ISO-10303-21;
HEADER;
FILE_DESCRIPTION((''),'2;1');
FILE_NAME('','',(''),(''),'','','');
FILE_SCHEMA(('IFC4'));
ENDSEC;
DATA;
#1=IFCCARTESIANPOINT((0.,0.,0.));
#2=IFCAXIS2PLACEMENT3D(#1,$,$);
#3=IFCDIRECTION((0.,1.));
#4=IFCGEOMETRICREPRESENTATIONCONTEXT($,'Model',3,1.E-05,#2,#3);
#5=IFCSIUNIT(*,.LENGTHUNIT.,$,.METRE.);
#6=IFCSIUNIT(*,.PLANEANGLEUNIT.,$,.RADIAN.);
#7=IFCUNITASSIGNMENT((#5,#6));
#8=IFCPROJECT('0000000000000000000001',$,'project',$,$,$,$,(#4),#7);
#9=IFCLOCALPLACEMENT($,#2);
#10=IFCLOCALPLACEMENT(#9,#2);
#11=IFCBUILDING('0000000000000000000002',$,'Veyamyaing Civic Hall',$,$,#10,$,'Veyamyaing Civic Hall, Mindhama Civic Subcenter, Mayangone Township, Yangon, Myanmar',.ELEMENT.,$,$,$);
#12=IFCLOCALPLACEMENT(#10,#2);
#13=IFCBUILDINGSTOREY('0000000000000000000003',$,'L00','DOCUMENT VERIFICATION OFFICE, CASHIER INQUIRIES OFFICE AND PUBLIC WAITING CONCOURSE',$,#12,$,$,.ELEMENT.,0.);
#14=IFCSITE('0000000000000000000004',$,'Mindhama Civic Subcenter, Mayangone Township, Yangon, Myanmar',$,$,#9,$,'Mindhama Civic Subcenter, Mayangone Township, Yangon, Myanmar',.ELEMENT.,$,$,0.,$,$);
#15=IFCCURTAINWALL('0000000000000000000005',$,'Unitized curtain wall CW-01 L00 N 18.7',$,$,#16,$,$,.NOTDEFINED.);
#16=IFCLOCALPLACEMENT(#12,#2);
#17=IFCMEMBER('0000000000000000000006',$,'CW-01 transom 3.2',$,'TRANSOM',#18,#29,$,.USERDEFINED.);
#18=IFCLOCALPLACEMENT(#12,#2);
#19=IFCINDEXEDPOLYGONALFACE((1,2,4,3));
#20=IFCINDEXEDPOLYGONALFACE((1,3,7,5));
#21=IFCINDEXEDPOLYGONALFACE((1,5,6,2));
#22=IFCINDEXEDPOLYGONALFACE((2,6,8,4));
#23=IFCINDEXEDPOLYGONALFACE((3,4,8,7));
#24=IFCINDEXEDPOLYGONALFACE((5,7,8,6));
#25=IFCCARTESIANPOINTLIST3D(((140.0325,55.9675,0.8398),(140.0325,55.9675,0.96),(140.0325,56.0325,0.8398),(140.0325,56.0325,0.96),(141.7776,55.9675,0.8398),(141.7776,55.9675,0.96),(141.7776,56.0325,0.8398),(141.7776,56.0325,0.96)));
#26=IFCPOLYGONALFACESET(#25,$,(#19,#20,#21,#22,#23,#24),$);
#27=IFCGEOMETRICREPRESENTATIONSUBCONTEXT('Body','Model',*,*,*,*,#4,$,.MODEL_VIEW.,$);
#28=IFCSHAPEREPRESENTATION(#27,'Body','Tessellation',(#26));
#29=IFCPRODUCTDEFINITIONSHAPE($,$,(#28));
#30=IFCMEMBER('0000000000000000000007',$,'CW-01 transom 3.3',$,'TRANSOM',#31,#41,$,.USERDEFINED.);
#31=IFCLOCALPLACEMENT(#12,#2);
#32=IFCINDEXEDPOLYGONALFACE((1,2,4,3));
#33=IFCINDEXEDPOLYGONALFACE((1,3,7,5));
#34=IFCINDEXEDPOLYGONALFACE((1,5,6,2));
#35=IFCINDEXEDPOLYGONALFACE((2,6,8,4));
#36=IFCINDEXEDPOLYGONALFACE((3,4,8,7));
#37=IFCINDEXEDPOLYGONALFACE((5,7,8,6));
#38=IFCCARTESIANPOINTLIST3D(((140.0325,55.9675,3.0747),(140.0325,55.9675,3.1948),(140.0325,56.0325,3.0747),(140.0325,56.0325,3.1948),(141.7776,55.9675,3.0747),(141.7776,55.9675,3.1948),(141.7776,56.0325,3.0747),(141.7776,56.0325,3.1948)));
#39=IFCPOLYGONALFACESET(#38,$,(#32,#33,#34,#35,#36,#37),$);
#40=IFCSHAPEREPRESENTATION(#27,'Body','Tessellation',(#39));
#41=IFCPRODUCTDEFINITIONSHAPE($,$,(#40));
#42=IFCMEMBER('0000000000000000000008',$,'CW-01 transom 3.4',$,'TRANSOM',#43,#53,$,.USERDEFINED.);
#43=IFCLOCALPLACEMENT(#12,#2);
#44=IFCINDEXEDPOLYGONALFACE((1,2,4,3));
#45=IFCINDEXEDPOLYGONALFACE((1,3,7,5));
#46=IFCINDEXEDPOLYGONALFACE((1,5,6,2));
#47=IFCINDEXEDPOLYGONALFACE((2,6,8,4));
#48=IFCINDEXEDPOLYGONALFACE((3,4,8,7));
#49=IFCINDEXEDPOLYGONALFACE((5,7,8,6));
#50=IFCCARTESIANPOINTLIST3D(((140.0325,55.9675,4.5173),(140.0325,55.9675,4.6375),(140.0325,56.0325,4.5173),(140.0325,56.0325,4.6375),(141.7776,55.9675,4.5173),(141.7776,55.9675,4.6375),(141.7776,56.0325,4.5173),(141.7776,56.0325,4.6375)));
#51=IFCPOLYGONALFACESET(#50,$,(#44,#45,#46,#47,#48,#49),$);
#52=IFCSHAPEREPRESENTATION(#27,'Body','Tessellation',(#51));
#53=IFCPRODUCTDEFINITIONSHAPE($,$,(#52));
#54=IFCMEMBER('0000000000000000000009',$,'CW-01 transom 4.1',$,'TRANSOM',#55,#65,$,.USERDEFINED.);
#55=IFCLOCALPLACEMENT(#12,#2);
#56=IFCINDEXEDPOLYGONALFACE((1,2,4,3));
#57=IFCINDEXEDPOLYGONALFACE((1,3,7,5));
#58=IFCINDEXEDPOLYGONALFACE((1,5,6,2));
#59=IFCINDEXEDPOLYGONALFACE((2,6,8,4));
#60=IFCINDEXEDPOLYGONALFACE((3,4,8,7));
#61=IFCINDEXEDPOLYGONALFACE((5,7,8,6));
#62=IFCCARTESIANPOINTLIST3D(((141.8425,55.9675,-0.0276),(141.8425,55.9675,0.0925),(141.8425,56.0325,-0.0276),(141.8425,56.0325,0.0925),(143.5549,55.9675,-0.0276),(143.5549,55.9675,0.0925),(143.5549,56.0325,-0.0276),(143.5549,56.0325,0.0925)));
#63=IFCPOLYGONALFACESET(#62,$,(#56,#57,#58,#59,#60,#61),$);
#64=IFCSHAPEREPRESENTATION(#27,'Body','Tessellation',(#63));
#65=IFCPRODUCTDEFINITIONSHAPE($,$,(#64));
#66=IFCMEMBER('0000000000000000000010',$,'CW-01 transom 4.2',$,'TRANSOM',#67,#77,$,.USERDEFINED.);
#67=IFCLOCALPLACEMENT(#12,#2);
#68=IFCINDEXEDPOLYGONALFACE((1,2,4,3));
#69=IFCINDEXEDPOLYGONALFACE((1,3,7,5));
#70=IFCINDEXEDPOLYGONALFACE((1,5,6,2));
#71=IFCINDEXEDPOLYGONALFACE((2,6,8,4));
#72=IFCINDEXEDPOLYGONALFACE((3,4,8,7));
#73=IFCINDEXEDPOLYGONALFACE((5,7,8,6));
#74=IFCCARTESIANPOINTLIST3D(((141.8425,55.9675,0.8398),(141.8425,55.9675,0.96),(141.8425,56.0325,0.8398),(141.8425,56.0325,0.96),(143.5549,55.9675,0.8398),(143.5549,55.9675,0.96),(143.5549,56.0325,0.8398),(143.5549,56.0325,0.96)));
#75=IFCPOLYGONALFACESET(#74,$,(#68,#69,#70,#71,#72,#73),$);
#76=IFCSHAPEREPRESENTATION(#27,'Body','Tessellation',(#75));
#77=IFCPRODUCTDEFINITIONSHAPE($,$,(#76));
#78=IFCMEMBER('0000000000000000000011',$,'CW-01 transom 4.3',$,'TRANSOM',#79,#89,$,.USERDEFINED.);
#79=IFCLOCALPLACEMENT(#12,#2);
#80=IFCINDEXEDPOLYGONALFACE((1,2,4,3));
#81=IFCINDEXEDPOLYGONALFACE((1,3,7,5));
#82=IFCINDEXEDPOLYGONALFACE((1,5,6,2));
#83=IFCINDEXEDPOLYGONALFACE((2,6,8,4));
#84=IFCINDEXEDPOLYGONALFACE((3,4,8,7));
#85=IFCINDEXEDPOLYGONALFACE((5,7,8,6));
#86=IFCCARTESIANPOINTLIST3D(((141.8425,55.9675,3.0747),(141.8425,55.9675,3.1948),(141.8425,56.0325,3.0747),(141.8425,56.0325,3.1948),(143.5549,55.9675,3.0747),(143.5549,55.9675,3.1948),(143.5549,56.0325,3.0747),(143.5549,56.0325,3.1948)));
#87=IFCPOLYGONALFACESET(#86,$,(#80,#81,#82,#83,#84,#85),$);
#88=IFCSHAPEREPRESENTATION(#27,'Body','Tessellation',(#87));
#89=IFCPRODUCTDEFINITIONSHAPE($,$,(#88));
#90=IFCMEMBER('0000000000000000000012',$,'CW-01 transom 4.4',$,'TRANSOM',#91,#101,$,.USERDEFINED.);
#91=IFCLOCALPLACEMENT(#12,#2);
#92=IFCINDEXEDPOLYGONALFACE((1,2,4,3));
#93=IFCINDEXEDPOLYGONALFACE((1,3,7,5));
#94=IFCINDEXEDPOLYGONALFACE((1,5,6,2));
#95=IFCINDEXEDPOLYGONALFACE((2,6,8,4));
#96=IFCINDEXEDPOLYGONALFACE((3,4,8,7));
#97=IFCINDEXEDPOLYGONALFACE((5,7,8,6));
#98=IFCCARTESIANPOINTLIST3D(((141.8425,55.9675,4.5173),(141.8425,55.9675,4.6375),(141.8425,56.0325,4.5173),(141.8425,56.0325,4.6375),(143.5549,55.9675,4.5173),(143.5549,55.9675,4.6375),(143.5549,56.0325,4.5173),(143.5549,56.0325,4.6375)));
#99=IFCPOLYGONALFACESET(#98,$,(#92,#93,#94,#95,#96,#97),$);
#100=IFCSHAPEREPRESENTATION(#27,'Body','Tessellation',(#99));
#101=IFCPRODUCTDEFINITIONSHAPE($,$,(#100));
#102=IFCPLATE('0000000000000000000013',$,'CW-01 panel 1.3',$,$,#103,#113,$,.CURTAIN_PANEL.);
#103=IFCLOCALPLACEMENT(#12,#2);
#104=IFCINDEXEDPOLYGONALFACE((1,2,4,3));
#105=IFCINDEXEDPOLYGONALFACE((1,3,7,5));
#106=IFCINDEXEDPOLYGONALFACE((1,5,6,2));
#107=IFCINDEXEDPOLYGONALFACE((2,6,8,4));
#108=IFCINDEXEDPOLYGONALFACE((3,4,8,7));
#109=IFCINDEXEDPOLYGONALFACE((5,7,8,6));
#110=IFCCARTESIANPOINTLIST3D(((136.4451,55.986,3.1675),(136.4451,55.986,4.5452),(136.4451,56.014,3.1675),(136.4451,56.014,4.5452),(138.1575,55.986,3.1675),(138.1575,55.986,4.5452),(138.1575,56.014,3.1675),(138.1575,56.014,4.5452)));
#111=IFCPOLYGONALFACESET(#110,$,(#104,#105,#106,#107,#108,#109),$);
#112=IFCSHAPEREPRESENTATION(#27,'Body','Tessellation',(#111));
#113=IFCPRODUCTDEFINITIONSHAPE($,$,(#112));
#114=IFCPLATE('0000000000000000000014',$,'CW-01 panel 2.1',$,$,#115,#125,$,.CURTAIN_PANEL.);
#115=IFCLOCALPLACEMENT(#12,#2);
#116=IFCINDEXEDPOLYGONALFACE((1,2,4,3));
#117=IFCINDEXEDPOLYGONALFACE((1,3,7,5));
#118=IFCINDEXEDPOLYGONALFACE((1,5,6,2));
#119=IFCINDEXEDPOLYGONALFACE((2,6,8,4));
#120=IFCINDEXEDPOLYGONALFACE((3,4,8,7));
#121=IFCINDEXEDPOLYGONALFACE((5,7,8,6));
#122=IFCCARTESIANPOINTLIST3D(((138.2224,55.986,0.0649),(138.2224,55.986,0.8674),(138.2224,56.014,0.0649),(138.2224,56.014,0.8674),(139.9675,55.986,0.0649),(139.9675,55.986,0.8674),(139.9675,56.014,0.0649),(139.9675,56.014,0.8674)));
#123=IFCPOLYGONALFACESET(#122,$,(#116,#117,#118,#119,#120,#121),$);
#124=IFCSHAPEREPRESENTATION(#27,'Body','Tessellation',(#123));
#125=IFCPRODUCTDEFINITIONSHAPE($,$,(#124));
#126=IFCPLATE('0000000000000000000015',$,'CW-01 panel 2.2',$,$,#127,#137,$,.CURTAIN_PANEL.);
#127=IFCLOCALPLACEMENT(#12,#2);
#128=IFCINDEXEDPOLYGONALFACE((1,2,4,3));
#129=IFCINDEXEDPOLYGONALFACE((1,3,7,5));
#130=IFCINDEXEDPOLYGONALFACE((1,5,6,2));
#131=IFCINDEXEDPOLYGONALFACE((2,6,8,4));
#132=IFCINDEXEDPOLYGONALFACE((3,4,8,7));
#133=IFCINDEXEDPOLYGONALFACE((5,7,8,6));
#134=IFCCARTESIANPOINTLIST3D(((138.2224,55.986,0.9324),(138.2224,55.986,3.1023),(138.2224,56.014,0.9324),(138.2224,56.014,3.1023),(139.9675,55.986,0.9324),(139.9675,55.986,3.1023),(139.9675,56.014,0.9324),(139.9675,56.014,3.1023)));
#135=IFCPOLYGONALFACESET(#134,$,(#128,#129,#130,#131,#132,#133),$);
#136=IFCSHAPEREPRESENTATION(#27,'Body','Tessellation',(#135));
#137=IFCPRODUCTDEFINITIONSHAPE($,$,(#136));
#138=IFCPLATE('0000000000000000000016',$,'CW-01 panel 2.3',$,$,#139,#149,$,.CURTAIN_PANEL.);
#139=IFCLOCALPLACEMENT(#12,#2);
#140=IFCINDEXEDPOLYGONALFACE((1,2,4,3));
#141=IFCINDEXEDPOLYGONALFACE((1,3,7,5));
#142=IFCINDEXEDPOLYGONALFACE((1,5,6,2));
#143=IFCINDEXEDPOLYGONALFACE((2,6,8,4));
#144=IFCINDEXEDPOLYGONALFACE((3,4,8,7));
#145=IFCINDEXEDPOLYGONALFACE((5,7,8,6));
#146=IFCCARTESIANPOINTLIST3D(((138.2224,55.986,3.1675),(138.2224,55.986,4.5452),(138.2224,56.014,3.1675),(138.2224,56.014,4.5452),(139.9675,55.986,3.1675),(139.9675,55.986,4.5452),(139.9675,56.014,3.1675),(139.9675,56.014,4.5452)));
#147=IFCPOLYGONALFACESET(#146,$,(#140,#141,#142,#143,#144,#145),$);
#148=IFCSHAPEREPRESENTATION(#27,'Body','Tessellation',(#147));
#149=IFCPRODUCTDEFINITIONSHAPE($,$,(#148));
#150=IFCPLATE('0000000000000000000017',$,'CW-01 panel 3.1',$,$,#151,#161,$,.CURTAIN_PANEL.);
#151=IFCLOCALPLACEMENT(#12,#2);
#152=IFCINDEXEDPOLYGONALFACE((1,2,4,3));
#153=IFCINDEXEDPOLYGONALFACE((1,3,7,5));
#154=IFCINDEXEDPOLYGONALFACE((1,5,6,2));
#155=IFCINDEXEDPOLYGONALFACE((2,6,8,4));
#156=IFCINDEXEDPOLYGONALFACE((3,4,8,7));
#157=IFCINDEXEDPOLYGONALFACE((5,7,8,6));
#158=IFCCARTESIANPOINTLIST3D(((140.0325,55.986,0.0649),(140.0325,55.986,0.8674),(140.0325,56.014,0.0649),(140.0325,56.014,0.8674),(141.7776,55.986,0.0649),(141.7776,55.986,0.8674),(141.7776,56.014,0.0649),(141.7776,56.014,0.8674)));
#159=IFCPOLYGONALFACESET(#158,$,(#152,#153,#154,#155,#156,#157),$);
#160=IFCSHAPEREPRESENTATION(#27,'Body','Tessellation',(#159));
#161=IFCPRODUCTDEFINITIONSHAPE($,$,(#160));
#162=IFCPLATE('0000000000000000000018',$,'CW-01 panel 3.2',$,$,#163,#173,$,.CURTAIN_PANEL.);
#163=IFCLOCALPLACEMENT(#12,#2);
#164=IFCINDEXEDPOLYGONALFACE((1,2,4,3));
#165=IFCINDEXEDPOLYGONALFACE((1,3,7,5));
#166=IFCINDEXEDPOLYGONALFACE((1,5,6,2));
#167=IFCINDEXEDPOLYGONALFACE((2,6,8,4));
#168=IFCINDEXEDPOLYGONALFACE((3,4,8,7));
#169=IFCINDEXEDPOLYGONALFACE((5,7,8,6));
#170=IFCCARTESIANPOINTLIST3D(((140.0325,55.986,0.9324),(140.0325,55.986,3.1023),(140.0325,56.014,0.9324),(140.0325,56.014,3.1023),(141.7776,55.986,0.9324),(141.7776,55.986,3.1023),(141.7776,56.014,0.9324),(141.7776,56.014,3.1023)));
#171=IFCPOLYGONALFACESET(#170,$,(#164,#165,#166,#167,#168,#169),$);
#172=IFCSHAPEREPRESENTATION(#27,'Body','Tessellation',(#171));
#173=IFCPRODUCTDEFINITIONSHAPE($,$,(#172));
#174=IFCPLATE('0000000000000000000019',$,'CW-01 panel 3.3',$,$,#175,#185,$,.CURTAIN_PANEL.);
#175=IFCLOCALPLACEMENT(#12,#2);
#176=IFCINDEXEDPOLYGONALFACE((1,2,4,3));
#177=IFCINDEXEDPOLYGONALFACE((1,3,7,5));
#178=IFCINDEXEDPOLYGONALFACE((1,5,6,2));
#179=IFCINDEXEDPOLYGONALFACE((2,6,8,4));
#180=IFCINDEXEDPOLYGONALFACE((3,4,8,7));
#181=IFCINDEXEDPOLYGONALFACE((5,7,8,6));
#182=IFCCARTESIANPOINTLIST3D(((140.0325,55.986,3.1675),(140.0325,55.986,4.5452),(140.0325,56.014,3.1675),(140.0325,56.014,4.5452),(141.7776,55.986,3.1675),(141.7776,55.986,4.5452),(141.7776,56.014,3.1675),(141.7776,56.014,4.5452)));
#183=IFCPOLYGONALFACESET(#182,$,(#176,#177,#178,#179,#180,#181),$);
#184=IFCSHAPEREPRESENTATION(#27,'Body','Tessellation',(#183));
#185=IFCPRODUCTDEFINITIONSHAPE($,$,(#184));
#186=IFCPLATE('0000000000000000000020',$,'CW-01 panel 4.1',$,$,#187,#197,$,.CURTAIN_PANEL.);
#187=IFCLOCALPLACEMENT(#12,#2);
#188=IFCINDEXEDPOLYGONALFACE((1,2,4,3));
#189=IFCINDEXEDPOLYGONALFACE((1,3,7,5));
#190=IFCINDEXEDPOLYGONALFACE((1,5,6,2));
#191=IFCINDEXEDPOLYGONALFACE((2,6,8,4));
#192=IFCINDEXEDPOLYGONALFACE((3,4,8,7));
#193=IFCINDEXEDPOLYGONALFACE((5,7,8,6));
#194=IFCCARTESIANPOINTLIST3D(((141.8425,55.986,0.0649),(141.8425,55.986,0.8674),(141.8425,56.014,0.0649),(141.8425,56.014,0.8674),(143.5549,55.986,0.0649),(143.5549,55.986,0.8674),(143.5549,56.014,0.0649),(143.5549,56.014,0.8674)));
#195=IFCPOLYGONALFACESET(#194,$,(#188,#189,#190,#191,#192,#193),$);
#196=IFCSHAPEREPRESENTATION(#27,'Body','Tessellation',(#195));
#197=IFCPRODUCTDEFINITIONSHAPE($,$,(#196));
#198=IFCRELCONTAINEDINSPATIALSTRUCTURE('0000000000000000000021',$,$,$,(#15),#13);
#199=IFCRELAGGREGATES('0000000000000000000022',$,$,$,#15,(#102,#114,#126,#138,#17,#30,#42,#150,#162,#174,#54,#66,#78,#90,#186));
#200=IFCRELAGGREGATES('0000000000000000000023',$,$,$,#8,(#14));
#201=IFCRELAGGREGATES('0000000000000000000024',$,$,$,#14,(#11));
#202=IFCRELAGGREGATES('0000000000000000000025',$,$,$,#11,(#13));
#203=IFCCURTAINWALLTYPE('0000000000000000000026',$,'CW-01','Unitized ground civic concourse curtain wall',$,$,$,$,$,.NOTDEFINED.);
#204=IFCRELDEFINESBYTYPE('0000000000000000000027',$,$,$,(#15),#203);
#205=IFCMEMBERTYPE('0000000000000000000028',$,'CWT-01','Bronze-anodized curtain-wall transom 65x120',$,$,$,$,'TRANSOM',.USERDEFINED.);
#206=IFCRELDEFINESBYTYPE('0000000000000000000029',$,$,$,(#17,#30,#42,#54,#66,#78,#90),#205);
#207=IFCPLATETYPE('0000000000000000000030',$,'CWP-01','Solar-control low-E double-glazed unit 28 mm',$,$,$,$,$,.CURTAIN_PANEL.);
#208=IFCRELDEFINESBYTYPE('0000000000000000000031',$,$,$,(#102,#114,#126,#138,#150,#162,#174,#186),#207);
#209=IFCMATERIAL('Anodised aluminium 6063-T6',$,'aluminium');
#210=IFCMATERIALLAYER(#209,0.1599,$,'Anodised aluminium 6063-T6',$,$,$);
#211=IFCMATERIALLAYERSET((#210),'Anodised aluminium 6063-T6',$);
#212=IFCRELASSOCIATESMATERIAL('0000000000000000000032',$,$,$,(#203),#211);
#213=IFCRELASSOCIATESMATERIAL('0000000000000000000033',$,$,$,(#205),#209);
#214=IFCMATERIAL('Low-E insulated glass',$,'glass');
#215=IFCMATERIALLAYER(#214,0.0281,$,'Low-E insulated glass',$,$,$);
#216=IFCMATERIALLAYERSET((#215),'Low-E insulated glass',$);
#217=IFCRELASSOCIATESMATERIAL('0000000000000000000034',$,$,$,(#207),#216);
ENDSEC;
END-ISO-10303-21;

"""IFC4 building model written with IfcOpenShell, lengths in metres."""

from ifc_helpers import new_model, si_unit, direction, frame, origin, origin_2d, place, context, subcontext, project, spatial, rectangle, extrude, material, layer, layer_set, material_profile, profile_set, type_object, element, aggregate, save


model = new_model("IFC4")

# Units and contexts
model_context = context("Model", 3, precision=1e-05, world=origin(), true_north=direction((0.0, 1.0)))
body_context = subcontext(model_context, "Body", "Model", "MODEL_VIEW")
ifc_project = project(units=[si_unit("LENGTHUNIT", "METRE"), si_unit("PLANEANGLEUNIT", "RADIAN")], contexts=[model_context])

# Site, building, storey
site_placement = place(None, origin())
site = spatial("IfcSite", under=ifc_project, at=site_placement, Name="Mindhama Civic Subcenter, Mayangone Township, Yangon, Myanmar", LongName="Mindhama Civic Subcenter, Mayangone Township, Yangon, Myanmar", CompositionType="ELEMENT", RefElevation=0.0)
building_placement = place(site_placement, origin())
building = spatial("IfcBuilding", under=site, at=building_placement, Name="Veyamyaing Civic Hall", LongName="Veyamyaing Civic Hall, Mindhama Civic Subcenter, Mayangone Township, Yangon, Myanmar", CompositionType="ELEMENT")
storey_placement = place(building_placement, origin())
storey = spatial("IfcBuildingStorey", under=building, at=storey_placement, Name="L00", Description="DOCUMENT VERIFICATION OFFICE, CASHIER INQUIRIES OFFICE AND PUBLIC WAITING CONCOURSE", CompositionType="ELEMENT", Elevation=0.0)

# Curtain wall, members, plates
ifc_material_1 = material(Name="Anodised aluminium 6063-T6", Category="aluminium")
ifc_layer_1 = layer(ifc_material_1, 0.1599, Name="Anodised aluminium 6063-T6")
ifc_layer_set_1 = layer_set([ifc_layer_1], Name="Anodised aluminium 6063-T6")
curtain_wall_type = type_object("IfcCurtainWallType", Name="CW-01", Description="Unitized ground civic concourse curtain wall", PredefinedType="NOTDEFINED", material=ifc_layer_set_1)
curtain_wall_placement = place(storey_placement, origin())
curtain_wall = element("IfcCurtainWall", 1, at=curtain_wall_placement, inside=storey, type_object=curtain_wall_type, Name="Unitized curtain wall CW-01 L00 N 18.7", PredefinedType="NOTDEFINED")
ifc_material_profile_1 = material_profile(ifc_material_1, rectangle(XDim=0.0649, YDim=0.1201, at=origin_2d()), Name="ALU-TRN-65X120")
ifc_profile_set_1 = profile_set([ifc_material_profile_1], Name="Anodised aluminium 6063-T6")
member_type_1 = type_object("IfcMemberType", Name="CWT-01", Description="Bronze-anodized curtain-wall transom 65x120", ElementType="TRANSOM", PredefinedType="USERDEFINED", material=ifc_profile_set_1)
member_1_placement = place(storey_placement, frame((140.0325, 56.0, 0.8999), z_axis=(1.0, 0.0, 0.0), x_axis=(0.0, 1.0, 0.0)))
member_1 = element("IfcMember", 2, at=member_1_placement, type_object=member_type_1, Name="CW-01 transom 3.2", ObjectType="TRANSOM", PredefinedType="USERDEFINED", context=body_context, shape_type="SweptSolid", body=[
    extrude(rectangle(XDim=0.0649, YDim=0.1201, at=origin_2d()), origin(), (0.0, 0.0, 1.0), 1.7451),
])
member_2_placement = place(storey_placement, frame((140.0325, 56.0, 3.1348), z_axis=(1.0, 0.0, 0.0), x_axis=(0.0, 1.0, 0.0)))
member_2 = element("IfcMember", 3, at=member_2_placement, type_object=member_type_1, Name="CW-01 transom 3.3", ObjectType="TRANSOM", PredefinedType="USERDEFINED", context=body_context, shape_type="SweptSolid", body=[
    extrude(rectangle(XDim=0.0649, YDim=0.1201, at=origin_2d()), origin(), (0.0, 0.0, 1.0), 1.7451),
])
member_3_placement = place(storey_placement, frame((140.0325, 56.0, 4.5774), z_axis=(1.0, 0.0, 0.0), x_axis=(0.0, 1.0, 0.0)))
member_3 = element("IfcMember", 4, at=member_3_placement, type_object=member_type_1, Name="CW-01 transom 3.4", ObjectType="TRANSOM", PredefinedType="USERDEFINED", context=body_context, shape_type="SweptSolid", body=[
    extrude(rectangle(XDim=0.0649, YDim=0.1201, at=origin_2d()), origin(), (0.0, 0.0, 1.0), 1.7451),
])
member_4_placement = place(storey_placement, frame((141.8425, 56.0, 0.0325), z_axis=(1.0, 0.0, 0.0), x_axis=(0.0, 1.0, 0.0)))
member_4 = element("IfcMember", 5, at=member_4_placement, type_object=member_type_1, Name="CW-01 transom 4.1", ObjectType="TRANSOM", PredefinedType="USERDEFINED", context=body_context, shape_type="SweptSolid", body=[
    extrude(rectangle(XDim=0.0649, YDim=0.1201, at=origin_2d()), origin(), (0.0, 0.0, 1.0), 1.7124),
])
member_5_placement = place(storey_placement, frame((141.8425, 56.0, 0.8999), z_axis=(1.0, 0.0, 0.0), x_axis=(0.0, 1.0, 0.0)))
member_5 = element("IfcMember", 6, at=member_5_placement, type_object=member_type_1, Name="CW-01 transom 4.2", ObjectType="TRANSOM", PredefinedType="USERDEFINED", context=body_context, shape_type="SweptSolid", body=[
    extrude(rectangle(XDim=0.0649, YDim=0.1201, at=origin_2d()), origin(), (0.0, 0.0, 1.0), 1.7124),
])
member_6_placement = place(storey_placement, frame((141.8425, 56.0, 3.1348), z_axis=(1.0, 0.0, 0.0), x_axis=(0.0, 1.0, 0.0)))
member_6 = element("IfcMember", 7, at=member_6_placement, type_object=member_type_1, Name="CW-01 transom 4.3", ObjectType="TRANSOM", PredefinedType="USERDEFINED", context=body_context, shape_type="SweptSolid", body=[
    extrude(rectangle(XDim=0.0649, YDim=0.1201, at=origin_2d()), origin(), (0.0, 0.0, 1.0), 1.7124),
])
member_7_placement = place(storey_placement, frame((141.8425, 56.0, 4.5774), z_axis=(1.0, 0.0, 0.0), x_axis=(0.0, 1.0, 0.0)))
member_7 = element("IfcMember", 8, at=member_7_placement, type_object=member_type_1, Name="CW-01 transom 4.4", ObjectType="TRANSOM", PredefinedType="USERDEFINED", context=body_context, shape_type="SweptSolid", body=[
    extrude(rectangle(XDim=0.0649, YDim=0.1201, at=origin_2d()), origin(), (0.0, 0.0, 1.0), 1.7124),
])
ifc_material_2 = material(Name="Low-E insulated glass", Category="glass")
ifc_layer_2 = layer(ifc_material_2, 0.0281, Name="Low-E insulated glass")
ifc_layer_set_2 = layer_set([ifc_layer_2], Name="Low-E insulated glass")
plate_type = type_object("IfcPlateType", Name="CWP-01", Description="Solar-control low-E double-glazed unit 28 mm", PredefinedType="CURTAIN_PANEL", material=ifc_layer_set_2)
plate_1_placement = place(storey_placement, frame((137.3013, 56.0, 3.1675), z_axis=(0.0, 0.0, 1.0), x_axis=(1.0, 0.0, 0.0)))
plate_1 = element("IfcPlate", 9, at=plate_1_placement, type_object=plate_type, Name="CW-01 panel 1.3", PredefinedType="CURTAIN_PANEL", context=body_context, shape_type="SweptSolid", body=[
    extrude(rectangle(XDim=1.7124, YDim=0.0281, at=origin_2d()), origin(), (0.0, 0.0, 1.0), 1.3777),
])
plate_2_placement = place(storey_placement, frame((139.095, 56.0, 0.0649), z_axis=(0.0, 0.0, 1.0), x_axis=(1.0, 0.0, 0.0)))
plate_2 = element("IfcPlate", 10, at=plate_2_placement, type_object=plate_type, Name="CW-01 panel 2.1", PredefinedType="CURTAIN_PANEL", context=body_context, shape_type="SweptSolid", body=[
    extrude(rectangle(XDim=1.7451, YDim=0.0281, at=origin_2d()), origin(), (0.0, 0.0, 1.0), 0.8025),
])
plate_3_placement = place(storey_placement, frame((139.095, 56.0, 0.9324), z_axis=(0.0, 0.0, 1.0), x_axis=(1.0, 0.0, 0.0)))
plate_3 = element("IfcPlate", 11, at=plate_3_placement, type_object=plate_type, Name="CW-01 panel 2.2", PredefinedType="CURTAIN_PANEL", context=body_context, shape_type="SweptSolid", body=[
    extrude(rectangle(XDim=1.7451, YDim=0.0281, at=origin_2d()), origin(), (0.0, 0.0, 1.0), 2.1699),
])
plate_4_placement = place(storey_placement, frame((139.095, 56.0, 3.1675), z_axis=(0.0, 0.0, 1.0), x_axis=(1.0, 0.0, 0.0)))
plate_4 = element("IfcPlate", 12, at=plate_4_placement, type_object=plate_type, Name="CW-01 panel 2.3", PredefinedType="CURTAIN_PANEL", context=body_context, shape_type="SweptSolid", body=[
    extrude(rectangle(XDim=1.7451, YDim=0.0281, at=origin_2d()), origin(), (0.0, 0.0, 1.0), 1.3777),
])
plate_5_placement = place(storey_placement, frame((140.905, 56.0, 0.0649), z_axis=(0.0, 0.0, 1.0), x_axis=(1.0, 0.0, 0.0)))
plate_5 = element("IfcPlate", 13, at=plate_5_placement, type_object=plate_type, Name="CW-01 panel 3.1", PredefinedType="CURTAIN_PANEL", context=body_context, shape_type="SweptSolid", body=[
    extrude(rectangle(XDim=1.7451, YDim=0.0281, at=origin_2d()), origin(), (0.0, 0.0, 1.0), 0.8025),
])
plate_6_placement = place(storey_placement, frame((140.905, 56.0, 0.9324), z_axis=(0.0, 0.0, 1.0), x_axis=(1.0, 0.0, 0.0)))
plate_6 = element("IfcPlate", 14, at=plate_6_placement, type_object=plate_type, Name="CW-01 panel 3.2", PredefinedType="CURTAIN_PANEL", context=body_context, shape_type="SweptSolid", body=[
    extrude(rectangle(XDim=1.7451, YDim=0.0281, at=origin_2d()), origin(), (0.0, 0.0, 1.0), 2.1699),
])
plate_7_placement = place(storey_placement, frame((140.905, 56.0, 3.1675), z_axis=(0.0, 0.0, 1.0), x_axis=(1.0, 0.0, 0.0)))
plate_7 = element("IfcPlate", 15, at=plate_7_placement, type_object=plate_type, Name="CW-01 panel 3.3", PredefinedType="CURTAIN_PANEL", context=body_context, shape_type="SweptSolid", body=[
    extrude(rectangle(XDim=1.7451, YDim=0.0281, at=origin_2d()), origin(), (0.0, 0.0, 1.0), 1.3777),
])
plate_8_placement = place(storey_placement, frame((142.6987, 56.0, 0.0649), z_axis=(0.0, 0.0, 1.0), x_axis=(1.0, 0.0, 0.0)))
plate_8 = element("IfcPlate", 16, at=plate_8_placement, type_object=plate_type, Name="CW-01 panel 4.1", PredefinedType="CURTAIN_PANEL", context=body_context, shape_type="SweptSolid", body=[
    extrude(rectangle(XDim=1.7124, YDim=0.0281, at=origin_2d()), origin(), (0.0, 0.0, 1.0), 0.8025),
])
aggregate(curtain_wall, [plate_1, plate_2, plate_3, plate_4, member_1, member_2, member_3, plate_5, plate_6, plate_7, member_4, member_5, member_6, member_7, plate_8])

save(model, "model.ifc")
